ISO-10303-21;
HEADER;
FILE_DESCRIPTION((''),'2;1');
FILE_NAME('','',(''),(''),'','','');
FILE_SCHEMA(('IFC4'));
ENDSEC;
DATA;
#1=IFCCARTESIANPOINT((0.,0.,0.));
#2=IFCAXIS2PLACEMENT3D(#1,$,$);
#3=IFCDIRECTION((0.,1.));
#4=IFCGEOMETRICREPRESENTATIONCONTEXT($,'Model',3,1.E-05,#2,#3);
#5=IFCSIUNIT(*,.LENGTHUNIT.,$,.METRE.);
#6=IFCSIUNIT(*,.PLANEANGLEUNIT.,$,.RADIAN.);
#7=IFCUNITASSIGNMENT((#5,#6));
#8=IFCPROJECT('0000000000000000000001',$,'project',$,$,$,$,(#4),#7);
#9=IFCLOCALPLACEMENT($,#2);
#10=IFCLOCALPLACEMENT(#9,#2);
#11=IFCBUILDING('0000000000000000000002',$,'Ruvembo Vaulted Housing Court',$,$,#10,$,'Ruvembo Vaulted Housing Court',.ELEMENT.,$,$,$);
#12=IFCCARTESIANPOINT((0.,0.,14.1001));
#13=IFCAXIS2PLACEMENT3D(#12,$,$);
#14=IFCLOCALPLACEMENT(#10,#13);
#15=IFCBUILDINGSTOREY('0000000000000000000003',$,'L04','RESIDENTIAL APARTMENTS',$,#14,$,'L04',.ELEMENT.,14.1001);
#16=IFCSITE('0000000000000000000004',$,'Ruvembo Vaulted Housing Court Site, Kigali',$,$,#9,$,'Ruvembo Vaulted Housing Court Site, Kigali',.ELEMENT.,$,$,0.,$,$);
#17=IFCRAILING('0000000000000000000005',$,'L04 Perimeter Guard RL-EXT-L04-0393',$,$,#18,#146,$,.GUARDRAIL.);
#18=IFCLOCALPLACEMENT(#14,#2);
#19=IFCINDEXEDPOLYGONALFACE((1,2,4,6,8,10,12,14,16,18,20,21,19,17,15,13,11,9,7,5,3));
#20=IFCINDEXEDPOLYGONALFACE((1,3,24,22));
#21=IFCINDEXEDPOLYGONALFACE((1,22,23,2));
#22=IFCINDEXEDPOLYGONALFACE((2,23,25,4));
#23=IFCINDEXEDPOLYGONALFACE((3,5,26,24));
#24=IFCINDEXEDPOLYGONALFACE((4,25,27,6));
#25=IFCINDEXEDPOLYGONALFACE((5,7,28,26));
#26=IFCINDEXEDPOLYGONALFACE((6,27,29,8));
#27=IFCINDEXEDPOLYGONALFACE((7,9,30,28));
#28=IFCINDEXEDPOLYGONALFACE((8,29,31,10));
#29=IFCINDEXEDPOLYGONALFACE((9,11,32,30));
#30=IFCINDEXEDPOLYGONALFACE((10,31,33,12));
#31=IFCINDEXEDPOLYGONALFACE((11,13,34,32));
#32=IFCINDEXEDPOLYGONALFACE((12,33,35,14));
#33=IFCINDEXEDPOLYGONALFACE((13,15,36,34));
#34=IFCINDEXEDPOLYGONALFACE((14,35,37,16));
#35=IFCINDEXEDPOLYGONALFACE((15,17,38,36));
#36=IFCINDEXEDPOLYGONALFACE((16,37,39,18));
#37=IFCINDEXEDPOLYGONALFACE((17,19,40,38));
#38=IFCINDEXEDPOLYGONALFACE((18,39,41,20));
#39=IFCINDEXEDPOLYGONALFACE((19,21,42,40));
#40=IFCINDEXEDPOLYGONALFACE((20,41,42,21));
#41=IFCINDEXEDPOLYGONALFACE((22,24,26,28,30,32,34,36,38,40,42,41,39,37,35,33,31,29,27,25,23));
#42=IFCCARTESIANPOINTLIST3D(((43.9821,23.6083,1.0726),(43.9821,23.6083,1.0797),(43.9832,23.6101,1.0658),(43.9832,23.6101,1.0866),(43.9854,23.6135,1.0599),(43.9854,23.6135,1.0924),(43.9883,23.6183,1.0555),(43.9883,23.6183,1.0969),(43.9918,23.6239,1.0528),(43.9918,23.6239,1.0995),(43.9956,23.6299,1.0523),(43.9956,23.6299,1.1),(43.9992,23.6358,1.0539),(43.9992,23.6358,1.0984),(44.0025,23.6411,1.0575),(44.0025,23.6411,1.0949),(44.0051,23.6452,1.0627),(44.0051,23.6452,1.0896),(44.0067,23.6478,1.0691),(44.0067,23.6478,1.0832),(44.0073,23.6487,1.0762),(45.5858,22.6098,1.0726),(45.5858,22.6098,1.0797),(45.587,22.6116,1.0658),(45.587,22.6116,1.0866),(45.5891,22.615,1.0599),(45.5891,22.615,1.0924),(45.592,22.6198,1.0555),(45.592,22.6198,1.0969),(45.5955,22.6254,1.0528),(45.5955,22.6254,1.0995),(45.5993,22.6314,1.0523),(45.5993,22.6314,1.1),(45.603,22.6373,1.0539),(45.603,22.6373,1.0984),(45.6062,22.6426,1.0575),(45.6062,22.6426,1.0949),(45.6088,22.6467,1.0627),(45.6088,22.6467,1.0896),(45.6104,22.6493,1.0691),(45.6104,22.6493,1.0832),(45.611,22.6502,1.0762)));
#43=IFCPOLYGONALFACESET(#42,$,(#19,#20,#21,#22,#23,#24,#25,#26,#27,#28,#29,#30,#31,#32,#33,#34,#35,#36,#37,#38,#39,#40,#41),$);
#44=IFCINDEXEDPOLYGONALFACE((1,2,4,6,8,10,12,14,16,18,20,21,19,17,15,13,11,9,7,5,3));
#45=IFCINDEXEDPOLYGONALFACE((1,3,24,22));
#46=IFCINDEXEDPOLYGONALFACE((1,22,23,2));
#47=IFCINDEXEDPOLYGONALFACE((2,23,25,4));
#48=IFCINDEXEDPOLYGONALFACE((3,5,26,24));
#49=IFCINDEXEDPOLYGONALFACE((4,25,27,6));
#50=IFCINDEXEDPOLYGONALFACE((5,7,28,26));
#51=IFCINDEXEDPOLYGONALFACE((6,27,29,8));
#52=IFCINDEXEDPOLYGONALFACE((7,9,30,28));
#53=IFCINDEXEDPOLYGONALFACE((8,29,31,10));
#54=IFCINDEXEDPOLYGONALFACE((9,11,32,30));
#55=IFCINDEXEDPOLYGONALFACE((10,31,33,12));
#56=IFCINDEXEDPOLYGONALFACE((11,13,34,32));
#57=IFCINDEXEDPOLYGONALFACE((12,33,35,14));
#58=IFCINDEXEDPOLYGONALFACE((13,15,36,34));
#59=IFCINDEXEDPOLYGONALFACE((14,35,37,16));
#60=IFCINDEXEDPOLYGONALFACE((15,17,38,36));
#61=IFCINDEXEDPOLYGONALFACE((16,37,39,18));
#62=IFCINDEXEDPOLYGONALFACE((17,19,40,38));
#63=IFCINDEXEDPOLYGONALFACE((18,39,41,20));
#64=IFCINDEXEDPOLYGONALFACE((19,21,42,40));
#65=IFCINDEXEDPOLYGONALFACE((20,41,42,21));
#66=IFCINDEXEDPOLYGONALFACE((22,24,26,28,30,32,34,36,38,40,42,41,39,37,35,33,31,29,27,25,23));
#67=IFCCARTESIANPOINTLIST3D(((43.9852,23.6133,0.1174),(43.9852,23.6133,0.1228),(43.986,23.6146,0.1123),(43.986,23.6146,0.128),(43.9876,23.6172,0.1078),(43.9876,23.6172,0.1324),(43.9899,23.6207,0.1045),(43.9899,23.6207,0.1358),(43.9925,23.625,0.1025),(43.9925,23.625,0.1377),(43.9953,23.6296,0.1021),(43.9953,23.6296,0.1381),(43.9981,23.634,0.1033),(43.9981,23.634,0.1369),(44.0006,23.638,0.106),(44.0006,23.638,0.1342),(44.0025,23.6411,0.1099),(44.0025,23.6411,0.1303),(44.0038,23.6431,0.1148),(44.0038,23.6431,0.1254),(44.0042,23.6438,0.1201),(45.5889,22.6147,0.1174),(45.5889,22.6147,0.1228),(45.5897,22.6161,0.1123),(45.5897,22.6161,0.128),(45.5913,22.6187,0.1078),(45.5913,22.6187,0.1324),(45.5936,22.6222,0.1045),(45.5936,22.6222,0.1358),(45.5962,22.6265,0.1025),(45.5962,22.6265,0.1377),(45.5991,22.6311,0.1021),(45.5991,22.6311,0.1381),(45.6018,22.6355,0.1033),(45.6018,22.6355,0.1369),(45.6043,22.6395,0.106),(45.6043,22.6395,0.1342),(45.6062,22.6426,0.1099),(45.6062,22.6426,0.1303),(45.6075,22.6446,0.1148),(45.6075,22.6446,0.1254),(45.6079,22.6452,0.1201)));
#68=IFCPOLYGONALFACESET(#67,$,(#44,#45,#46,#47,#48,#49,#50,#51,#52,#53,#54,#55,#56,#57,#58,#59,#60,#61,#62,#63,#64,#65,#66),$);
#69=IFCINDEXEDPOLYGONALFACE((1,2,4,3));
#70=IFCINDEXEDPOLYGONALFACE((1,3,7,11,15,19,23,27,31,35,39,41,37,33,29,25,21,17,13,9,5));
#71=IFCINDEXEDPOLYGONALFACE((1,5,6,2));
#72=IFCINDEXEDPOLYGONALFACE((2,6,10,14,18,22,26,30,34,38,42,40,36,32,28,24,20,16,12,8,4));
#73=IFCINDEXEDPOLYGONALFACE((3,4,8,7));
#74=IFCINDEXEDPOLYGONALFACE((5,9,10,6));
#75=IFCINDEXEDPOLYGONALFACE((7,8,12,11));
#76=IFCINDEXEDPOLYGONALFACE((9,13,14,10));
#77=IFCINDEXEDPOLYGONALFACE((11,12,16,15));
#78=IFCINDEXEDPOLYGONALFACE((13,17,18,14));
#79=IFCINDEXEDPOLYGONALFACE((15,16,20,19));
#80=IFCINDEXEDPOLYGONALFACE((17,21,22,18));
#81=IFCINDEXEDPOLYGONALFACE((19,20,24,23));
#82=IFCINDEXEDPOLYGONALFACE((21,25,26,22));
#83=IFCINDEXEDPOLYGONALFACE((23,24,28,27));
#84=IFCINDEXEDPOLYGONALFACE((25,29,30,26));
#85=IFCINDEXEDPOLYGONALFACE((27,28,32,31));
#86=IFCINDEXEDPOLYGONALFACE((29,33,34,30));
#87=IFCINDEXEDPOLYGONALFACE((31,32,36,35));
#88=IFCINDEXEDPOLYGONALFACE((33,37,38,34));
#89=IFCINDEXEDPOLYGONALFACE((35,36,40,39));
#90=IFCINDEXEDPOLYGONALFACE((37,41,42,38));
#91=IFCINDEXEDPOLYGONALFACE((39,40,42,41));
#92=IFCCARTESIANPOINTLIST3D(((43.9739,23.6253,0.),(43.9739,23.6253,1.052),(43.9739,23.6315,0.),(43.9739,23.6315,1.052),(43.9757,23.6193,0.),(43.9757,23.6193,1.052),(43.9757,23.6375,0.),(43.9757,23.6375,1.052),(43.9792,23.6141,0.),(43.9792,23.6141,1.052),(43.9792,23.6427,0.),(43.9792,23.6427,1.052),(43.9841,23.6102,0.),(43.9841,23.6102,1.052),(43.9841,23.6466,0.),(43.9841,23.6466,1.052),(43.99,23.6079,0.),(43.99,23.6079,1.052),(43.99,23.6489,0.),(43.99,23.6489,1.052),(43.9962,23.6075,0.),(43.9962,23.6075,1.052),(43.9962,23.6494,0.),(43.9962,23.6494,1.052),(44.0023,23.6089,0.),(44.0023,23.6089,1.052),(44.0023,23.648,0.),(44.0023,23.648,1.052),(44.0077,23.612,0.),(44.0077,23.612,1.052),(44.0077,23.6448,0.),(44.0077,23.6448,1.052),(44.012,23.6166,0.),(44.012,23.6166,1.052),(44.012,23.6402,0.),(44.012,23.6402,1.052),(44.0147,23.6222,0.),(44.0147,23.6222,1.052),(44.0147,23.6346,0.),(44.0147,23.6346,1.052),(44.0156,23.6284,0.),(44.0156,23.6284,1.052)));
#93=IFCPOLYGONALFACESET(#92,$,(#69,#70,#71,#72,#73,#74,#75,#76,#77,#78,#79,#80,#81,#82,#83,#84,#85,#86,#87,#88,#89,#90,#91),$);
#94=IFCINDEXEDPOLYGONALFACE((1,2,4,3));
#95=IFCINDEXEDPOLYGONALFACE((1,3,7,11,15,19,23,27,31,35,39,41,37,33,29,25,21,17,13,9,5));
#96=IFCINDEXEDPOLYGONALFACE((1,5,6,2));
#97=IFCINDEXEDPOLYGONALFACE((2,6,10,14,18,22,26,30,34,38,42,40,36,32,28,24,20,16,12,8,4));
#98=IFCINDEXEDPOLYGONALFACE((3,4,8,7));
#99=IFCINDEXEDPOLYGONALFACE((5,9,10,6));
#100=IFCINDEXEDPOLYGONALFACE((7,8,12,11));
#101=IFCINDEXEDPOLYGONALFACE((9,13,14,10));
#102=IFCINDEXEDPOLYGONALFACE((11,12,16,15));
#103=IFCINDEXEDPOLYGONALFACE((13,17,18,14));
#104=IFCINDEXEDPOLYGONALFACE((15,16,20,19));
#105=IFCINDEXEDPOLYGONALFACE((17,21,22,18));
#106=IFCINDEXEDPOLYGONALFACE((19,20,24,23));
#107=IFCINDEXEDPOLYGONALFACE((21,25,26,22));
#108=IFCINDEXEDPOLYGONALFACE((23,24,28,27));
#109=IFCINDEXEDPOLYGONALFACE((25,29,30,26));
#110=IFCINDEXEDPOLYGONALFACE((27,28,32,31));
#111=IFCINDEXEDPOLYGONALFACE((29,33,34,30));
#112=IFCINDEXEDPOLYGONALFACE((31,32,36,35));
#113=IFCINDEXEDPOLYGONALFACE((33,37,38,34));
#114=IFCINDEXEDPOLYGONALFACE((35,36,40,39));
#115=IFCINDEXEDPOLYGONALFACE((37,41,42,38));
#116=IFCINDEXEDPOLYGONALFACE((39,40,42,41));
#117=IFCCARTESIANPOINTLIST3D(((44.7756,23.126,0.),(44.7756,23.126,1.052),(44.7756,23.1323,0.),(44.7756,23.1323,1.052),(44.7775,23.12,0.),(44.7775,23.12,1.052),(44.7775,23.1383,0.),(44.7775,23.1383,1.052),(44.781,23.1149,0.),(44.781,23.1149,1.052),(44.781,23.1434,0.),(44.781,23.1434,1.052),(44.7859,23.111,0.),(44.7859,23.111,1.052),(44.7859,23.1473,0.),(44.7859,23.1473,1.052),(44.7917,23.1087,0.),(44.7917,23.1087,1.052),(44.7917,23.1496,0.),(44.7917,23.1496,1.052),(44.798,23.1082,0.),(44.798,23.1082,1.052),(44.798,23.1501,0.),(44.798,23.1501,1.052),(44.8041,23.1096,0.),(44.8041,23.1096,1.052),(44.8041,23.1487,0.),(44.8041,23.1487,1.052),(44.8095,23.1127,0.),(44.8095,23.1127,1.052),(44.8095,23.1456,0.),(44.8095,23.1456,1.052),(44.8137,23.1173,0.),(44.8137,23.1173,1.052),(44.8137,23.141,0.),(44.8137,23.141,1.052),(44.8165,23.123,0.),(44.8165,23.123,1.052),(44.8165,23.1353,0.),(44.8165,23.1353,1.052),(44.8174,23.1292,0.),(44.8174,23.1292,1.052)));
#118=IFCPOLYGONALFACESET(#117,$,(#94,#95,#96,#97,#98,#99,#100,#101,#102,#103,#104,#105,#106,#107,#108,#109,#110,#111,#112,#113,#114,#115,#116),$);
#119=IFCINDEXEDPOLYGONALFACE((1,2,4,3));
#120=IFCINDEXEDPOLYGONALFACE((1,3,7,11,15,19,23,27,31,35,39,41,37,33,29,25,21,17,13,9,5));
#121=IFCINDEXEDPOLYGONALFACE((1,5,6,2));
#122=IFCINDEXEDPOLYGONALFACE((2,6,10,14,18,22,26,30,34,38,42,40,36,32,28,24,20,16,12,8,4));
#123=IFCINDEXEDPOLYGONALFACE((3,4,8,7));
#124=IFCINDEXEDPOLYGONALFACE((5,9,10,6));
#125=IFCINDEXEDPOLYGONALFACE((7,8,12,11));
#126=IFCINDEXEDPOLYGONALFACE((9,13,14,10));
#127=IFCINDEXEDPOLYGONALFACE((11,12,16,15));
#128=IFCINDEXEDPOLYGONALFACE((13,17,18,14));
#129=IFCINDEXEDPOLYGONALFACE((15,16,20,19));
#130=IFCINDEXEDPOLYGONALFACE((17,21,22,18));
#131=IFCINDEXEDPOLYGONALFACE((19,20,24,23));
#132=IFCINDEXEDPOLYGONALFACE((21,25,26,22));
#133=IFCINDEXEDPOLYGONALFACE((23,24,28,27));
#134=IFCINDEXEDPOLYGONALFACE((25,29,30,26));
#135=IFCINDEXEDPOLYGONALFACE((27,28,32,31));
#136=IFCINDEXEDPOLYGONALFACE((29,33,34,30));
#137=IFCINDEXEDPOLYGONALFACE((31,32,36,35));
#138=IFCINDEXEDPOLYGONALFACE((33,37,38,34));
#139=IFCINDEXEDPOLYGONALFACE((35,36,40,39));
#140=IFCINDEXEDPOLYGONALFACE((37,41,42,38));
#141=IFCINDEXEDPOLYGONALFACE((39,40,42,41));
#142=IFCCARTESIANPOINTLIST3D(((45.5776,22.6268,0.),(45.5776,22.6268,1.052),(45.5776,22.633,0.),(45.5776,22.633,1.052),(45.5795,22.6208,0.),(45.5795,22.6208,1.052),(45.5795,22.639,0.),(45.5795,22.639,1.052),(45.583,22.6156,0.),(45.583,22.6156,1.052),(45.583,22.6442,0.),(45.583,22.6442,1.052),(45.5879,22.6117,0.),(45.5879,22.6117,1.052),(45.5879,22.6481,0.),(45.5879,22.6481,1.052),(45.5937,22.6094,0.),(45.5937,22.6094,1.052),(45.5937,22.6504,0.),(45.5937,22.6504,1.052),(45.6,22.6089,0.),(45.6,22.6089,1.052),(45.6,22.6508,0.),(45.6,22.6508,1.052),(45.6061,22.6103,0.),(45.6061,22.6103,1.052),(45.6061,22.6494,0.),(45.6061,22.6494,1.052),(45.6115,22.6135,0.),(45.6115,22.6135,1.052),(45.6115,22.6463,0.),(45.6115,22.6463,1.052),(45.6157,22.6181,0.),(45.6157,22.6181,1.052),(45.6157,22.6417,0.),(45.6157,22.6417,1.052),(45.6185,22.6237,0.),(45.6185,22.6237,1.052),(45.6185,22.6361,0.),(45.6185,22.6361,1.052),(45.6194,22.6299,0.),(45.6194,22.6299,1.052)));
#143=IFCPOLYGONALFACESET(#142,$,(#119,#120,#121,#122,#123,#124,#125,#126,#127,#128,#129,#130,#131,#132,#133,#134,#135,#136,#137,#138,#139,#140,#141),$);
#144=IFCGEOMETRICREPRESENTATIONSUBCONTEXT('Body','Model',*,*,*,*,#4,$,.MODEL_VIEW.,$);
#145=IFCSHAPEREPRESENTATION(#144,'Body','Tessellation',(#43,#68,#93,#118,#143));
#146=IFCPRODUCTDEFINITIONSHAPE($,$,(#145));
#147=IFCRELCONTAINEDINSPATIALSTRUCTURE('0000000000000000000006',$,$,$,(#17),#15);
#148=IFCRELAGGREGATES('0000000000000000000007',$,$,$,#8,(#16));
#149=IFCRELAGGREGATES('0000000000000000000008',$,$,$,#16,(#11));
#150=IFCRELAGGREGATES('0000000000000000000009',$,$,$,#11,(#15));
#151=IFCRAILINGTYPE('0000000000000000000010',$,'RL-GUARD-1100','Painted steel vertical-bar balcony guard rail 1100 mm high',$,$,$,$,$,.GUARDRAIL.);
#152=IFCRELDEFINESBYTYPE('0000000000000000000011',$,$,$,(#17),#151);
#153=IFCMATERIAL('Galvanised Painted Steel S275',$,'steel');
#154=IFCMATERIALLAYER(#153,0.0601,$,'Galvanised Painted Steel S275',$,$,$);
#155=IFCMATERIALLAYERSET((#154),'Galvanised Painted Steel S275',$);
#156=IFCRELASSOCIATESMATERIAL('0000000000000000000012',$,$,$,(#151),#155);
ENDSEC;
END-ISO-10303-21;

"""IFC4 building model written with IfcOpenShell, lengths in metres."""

from ifc_helpers import new_model, si_unit, direction, frame, origin, origin_2d, place, context, subcontext, project, spatial, circle, extrude, material, layer, layer_set, type_object, element, save


model = new_model("IFC4")

# Units and contexts
model_context = context("Model", 3, precision=1e-05, world=origin(), true_north=direction((0.0, 1.0)))
body_context = subcontext(model_context, "Body", "Model", "MODEL_VIEW")
ifc_project = project(units=[si_unit("LENGTHUNIT", "METRE"), si_unit("PLANEANGLEUNIT", "RADIAN")], contexts=[model_context])

# Site, building, storey
site_placement = place(None, origin())
site = spatial("IfcSite", under=ifc_project, at=site_placement, Name="Ruvembo Vaulted Housing Court Site, Kigali", LongName="Ruvembo Vaulted Housing Court Site, Kigali", CompositionType="ELEMENT", RefElevation=0.0)
building_placement = place(site_placement, origin())
building = spatial("IfcBuilding", under=site, at=building_placement, Name="Ruvembo Vaulted Housing Court", LongName="Ruvembo Vaulted Housing Court", CompositionType="ELEMENT")
storey_placement = place(building_placement, frame((0.0, 0.0, 14.1001)))
storey = spatial("IfcBuildingStorey", under=building, at=storey_placement, Name="L04", Description="RESIDENTIAL APARTMENTS", LongName="L04", CompositionType="ELEMENT", Elevation=14.1001)

# Railing
ifc_material_1 = material(Name="Galvanised Painted Steel S275", Category="steel")
ifc_layer_1 = layer(ifc_material_1, 0.0601, Name="Galvanised Painted Steel S275")
ifc_layer_set_1 = layer_set([ifc_layer_1], Name="Galvanised Painted Steel S275")
railing_type = type_object("IfcRailingType", Name="RL-GUARD-1100", Description="Painted steel vertical-bar balcony guard rail 1100 mm high", PredefinedType="GUARDRAIL", material=ifc_layer_set_1)
railing_1_placement = place(storey_placement, frame((43.9946, 23.6284, 0.0)))
element("IfcRailing", 1, at=railing_1_placement, inside=storey, type_object=railing_type, Name="L04 Perimeter Guard RL-EXT-L04-0393", PredefinedType="GUARDRAIL", context=body_context, shape_type="SweptSolid", body=[
    extrude(circle(Radius=0.0239, at=origin_2d()), frame((0.0, 0.0, 1.0762), z_axis=(0.848905, -0.528546, 0.0), x_axis=(0.528546, 0.848905, 0.0)), (0.0, 0.0, 1.0), 1.8892),
    extrude(circle(Radius=0.0181, at=origin_2d()), frame((0.0, 0.0, 0.1201), z_axis=(0.848905, -0.528546, 0.0), x_axis=(0.528546, 0.848905, 0.0)), (0.0, 0.0, 1.0), 1.8892),
    extrude(circle(Radius=0.021, at=origin_2d()), origin(), (0.0, 0.0, 1.0), 1.052),
    extrude(circle(Radius=0.021, at=origin_2d()), frame((0.8018, -0.4993, 0.0)), (0.0, 0.0, 1.0), 1.052),
    extrude(circle(Radius=0.021, at=origin_2d()), frame((1.6038, -0.9985, 0.0)), (0.0, 0.0, 1.0), 1.052),
])

save(model, "model.ifc")
